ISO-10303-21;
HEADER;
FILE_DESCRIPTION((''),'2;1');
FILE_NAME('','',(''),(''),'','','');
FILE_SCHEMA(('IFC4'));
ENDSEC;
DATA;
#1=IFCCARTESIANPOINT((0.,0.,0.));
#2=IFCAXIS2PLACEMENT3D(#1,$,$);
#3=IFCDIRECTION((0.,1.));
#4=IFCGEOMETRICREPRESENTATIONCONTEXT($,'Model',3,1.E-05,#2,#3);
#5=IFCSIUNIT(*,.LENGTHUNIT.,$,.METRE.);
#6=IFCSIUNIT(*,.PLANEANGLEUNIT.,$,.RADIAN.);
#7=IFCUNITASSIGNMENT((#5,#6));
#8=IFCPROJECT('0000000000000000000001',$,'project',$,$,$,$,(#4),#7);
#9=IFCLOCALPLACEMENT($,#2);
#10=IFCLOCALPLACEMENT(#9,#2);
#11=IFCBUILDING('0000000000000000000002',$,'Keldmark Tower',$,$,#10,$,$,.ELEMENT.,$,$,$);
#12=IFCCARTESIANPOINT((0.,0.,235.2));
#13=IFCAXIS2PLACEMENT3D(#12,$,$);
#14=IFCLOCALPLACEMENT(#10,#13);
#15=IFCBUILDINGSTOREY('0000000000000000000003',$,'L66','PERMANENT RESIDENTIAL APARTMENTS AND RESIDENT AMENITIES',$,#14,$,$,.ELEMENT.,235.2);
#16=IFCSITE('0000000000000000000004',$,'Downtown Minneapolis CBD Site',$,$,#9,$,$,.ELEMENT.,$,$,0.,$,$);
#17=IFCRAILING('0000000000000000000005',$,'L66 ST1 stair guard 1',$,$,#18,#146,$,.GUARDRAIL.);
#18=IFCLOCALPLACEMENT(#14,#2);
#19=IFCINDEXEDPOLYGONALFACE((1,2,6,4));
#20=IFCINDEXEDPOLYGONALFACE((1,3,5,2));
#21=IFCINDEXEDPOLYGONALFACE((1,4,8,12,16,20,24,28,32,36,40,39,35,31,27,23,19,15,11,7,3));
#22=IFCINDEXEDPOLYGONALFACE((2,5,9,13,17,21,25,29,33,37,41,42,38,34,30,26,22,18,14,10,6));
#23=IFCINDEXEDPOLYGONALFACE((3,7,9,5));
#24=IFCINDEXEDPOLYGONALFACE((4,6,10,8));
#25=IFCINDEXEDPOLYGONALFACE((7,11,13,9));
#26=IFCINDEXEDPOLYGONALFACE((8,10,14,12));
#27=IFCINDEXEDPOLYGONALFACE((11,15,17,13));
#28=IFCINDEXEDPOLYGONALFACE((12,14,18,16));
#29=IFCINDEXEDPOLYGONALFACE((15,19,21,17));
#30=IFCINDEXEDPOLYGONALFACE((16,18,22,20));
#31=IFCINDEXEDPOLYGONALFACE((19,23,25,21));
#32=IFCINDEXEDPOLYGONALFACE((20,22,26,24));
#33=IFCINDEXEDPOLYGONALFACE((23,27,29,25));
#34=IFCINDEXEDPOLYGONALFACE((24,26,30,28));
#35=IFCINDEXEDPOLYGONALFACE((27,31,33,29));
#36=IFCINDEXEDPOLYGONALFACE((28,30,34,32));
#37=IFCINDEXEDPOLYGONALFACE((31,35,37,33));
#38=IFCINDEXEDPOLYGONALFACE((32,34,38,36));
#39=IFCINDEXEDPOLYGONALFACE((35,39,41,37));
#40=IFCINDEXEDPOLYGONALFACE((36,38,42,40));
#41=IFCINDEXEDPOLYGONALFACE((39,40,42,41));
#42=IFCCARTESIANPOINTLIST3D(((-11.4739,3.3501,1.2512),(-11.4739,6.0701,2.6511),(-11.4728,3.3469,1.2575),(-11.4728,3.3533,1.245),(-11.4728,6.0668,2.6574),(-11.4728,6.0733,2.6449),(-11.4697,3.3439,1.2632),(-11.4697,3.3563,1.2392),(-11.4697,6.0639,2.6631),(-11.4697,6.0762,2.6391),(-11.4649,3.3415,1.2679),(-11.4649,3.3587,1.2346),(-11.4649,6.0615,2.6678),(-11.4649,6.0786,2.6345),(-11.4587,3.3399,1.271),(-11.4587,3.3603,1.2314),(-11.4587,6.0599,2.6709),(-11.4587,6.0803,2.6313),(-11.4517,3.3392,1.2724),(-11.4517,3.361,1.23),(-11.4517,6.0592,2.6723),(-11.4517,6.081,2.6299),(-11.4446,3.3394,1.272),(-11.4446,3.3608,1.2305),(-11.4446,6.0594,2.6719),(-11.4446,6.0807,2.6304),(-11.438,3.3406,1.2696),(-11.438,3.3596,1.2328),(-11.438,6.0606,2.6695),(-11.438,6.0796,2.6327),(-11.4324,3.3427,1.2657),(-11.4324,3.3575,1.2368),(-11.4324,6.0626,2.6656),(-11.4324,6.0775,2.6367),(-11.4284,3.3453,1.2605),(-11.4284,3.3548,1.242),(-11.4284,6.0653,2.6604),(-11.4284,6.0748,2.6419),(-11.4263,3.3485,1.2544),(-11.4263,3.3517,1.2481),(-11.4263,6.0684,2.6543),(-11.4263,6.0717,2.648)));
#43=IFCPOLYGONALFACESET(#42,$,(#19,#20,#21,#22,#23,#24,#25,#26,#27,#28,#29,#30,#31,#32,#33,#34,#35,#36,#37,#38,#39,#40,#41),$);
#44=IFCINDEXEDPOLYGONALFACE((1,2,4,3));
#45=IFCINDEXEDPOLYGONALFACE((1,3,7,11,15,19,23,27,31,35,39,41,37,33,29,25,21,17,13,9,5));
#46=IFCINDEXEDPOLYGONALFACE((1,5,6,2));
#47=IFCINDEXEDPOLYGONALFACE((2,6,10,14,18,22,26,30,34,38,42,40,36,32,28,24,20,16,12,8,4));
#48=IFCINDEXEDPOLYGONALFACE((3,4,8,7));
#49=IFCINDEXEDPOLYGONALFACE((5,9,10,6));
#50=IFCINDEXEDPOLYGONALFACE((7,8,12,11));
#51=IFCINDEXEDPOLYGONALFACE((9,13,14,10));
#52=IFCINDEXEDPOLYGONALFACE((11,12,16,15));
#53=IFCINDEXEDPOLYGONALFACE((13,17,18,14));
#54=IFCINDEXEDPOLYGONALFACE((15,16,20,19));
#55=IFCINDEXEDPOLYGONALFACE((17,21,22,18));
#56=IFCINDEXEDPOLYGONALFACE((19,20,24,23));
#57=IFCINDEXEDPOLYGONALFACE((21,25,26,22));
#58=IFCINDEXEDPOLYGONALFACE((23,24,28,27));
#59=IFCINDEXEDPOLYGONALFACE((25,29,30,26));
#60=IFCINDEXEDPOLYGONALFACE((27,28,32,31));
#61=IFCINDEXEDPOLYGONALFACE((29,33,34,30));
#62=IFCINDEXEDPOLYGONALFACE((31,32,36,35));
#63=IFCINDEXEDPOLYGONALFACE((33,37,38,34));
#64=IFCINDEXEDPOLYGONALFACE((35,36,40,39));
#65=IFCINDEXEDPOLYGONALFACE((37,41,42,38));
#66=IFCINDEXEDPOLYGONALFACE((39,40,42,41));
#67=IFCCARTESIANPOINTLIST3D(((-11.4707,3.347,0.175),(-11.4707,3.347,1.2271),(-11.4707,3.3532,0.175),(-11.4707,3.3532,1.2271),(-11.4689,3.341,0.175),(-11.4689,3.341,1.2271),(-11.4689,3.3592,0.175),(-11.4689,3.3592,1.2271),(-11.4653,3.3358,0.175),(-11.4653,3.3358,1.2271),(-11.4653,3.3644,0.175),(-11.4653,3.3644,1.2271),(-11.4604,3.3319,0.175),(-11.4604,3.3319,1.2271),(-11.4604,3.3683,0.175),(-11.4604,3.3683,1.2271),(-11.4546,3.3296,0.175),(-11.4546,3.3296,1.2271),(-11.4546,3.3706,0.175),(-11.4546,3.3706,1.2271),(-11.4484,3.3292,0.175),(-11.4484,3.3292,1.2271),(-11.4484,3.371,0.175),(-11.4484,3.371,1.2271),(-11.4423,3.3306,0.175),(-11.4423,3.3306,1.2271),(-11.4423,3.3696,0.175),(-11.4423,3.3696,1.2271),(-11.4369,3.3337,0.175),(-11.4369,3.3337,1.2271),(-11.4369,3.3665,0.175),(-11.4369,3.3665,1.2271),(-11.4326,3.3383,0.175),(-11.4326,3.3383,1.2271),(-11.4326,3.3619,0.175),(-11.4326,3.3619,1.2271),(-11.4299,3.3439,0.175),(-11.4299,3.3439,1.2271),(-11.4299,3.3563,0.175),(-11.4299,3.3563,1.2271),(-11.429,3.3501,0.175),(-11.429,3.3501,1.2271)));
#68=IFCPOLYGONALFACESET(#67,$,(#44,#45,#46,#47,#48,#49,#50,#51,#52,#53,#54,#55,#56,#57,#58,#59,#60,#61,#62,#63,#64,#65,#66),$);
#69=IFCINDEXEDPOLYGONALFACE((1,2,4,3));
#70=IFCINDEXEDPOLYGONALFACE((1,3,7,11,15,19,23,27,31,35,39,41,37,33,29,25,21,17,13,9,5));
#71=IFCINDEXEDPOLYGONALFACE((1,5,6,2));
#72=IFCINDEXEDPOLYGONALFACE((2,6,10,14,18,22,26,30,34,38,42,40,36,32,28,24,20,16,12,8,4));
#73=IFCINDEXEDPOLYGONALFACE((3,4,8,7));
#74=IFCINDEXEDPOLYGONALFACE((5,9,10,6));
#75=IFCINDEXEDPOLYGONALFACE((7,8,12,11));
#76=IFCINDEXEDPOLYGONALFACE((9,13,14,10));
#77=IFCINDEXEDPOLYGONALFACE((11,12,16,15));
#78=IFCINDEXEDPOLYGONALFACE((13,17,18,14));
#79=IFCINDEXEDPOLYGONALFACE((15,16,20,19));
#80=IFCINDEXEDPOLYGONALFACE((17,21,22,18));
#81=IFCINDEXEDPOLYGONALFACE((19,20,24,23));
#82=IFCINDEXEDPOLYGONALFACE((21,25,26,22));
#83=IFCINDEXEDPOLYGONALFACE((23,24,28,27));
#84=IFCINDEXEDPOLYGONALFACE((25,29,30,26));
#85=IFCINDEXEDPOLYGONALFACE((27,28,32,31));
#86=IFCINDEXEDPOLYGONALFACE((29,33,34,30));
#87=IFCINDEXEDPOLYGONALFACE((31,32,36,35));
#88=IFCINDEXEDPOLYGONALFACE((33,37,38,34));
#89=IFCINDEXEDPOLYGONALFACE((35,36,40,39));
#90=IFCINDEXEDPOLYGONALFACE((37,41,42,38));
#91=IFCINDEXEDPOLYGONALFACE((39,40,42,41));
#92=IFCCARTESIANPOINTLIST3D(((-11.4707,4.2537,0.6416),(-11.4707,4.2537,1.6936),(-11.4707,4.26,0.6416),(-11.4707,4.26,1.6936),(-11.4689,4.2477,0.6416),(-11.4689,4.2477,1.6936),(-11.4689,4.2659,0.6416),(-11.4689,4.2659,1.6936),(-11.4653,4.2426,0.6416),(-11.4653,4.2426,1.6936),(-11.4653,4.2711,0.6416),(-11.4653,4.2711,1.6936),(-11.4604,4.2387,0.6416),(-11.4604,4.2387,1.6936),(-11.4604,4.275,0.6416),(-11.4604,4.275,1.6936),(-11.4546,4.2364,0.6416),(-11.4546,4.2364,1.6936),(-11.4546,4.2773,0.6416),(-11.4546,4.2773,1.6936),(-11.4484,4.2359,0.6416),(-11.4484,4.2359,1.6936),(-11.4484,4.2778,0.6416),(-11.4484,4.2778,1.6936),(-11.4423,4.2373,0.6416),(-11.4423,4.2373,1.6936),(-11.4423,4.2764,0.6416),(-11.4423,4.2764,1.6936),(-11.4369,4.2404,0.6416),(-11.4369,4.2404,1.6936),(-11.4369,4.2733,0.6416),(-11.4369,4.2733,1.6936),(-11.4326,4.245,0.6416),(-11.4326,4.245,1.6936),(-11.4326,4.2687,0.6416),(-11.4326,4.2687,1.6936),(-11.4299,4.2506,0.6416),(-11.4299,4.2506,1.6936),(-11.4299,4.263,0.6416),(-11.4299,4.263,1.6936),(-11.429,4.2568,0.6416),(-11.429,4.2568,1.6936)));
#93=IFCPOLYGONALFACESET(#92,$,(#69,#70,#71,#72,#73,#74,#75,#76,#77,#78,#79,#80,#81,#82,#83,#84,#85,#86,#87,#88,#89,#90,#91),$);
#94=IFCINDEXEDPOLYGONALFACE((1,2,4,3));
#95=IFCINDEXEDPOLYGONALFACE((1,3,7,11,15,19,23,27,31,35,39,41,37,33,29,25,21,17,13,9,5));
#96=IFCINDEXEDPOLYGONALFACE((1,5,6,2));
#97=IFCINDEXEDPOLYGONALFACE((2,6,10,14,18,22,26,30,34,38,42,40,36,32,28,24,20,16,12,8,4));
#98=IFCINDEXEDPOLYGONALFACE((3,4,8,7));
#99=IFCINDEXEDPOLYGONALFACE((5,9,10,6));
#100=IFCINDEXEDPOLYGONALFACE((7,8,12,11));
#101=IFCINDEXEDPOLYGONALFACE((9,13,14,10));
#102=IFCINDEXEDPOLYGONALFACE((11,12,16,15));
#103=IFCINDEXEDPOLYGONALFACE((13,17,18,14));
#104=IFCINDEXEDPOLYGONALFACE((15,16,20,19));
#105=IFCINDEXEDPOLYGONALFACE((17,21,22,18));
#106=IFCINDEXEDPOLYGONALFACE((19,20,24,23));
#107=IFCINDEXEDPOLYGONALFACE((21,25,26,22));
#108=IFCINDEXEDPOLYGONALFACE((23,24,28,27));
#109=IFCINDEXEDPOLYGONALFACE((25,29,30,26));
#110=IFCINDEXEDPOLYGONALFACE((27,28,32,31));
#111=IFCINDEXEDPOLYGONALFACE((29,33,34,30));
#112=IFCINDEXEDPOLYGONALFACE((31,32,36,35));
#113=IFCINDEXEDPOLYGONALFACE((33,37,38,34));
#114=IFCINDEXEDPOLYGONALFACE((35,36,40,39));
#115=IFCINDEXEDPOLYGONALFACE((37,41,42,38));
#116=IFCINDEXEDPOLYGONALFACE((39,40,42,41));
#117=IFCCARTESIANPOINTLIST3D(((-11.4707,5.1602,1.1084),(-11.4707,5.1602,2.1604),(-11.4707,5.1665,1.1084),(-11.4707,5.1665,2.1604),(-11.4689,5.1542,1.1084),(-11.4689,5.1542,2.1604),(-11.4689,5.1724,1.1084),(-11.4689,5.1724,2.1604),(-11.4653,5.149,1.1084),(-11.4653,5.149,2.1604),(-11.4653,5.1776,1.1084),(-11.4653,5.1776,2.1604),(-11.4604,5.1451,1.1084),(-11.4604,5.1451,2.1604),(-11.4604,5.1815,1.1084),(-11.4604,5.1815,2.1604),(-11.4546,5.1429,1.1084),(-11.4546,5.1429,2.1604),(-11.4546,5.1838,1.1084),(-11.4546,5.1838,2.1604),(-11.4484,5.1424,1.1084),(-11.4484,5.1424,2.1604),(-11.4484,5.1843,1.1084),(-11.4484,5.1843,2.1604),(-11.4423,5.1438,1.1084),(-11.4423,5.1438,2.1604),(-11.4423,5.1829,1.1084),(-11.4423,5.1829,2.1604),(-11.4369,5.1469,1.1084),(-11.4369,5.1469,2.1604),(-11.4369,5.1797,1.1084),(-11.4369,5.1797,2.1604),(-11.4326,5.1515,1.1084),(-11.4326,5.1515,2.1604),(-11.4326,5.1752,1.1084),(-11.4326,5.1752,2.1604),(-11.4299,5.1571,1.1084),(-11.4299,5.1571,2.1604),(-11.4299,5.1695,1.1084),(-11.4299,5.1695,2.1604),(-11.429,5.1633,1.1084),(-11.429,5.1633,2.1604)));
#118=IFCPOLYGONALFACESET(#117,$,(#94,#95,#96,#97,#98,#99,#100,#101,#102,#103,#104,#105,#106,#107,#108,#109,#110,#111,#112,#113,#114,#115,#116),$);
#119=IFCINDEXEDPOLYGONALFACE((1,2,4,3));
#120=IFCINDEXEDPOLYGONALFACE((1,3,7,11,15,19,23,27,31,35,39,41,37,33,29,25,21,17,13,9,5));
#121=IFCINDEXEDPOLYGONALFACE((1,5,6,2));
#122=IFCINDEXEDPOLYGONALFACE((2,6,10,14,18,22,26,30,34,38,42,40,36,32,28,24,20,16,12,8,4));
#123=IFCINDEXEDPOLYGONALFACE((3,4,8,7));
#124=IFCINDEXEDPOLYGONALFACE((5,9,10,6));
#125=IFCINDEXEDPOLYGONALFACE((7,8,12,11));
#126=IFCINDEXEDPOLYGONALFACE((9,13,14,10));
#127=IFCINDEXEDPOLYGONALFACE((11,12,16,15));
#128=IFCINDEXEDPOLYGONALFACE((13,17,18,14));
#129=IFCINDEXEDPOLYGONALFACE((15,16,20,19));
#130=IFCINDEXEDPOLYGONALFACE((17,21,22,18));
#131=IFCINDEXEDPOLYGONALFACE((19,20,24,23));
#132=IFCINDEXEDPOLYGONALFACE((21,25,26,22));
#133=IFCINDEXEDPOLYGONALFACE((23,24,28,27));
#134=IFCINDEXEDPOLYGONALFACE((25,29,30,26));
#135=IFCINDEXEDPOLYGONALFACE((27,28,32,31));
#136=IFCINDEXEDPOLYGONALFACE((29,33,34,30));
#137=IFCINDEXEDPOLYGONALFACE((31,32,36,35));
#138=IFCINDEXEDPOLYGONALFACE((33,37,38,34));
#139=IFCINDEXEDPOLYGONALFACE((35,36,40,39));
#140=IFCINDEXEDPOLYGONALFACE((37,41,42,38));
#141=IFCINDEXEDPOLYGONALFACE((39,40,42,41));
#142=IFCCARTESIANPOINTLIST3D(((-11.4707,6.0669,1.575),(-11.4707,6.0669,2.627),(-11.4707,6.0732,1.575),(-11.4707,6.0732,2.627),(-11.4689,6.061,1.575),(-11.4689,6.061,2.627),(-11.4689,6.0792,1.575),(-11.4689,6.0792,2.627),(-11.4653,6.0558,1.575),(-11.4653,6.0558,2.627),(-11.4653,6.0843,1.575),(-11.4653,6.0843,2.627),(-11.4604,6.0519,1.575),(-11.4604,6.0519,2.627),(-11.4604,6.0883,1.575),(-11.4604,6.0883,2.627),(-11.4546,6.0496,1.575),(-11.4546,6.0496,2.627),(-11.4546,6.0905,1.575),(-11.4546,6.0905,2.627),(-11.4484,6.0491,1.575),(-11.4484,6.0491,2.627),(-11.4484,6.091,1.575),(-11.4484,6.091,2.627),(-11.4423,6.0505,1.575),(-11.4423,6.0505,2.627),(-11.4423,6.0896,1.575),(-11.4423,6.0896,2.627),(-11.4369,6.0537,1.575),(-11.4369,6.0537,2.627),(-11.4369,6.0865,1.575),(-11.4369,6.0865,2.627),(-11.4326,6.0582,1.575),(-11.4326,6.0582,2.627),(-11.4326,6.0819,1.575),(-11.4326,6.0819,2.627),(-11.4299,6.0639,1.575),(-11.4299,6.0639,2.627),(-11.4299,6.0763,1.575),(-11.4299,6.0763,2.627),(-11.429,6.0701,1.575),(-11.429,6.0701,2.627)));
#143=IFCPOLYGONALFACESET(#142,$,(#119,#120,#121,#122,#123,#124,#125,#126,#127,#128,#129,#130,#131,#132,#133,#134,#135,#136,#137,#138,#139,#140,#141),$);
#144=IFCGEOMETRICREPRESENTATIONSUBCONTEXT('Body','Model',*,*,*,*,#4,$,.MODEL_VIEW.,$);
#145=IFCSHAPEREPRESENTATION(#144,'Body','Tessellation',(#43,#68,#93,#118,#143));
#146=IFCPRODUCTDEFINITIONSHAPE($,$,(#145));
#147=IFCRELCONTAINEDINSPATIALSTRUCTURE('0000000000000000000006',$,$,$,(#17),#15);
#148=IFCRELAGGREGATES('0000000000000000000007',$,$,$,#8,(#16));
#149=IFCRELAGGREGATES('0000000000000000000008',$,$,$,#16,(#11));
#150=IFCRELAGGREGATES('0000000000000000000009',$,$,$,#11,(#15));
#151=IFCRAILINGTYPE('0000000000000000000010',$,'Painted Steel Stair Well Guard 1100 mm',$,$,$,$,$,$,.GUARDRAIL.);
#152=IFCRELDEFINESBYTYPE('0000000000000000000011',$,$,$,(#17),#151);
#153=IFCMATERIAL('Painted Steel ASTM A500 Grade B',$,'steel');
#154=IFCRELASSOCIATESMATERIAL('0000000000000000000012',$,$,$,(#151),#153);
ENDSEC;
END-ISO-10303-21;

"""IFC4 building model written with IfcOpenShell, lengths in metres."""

from ifc_helpers import new_model, si_unit, direction, frame, origin, origin_2d, place, context, subcontext, project, spatial, circle, extrude, material, type_object, element, save


model = new_model("IFC4")

# Units and contexts
model_context = context("Model", 3, precision=1e-05, world=origin(), true_north=direction((0.0, 1.0)))
body_context = subcontext(model_context, "Body", "Model", "MODEL_VIEW")
ifc_project = project(units=[si_unit("LENGTHUNIT", "METRE"), si_unit("PLANEANGLEUNIT", "RADIAN")], contexts=[model_context])

# Site, building, storey
site_placement = place(None, origin())
site = spatial("IfcSite", under=ifc_project, at=site_placement, Name="Downtown Minneapolis CBD Site", CompositionType="ELEMENT", RefElevation=0.0)
building_placement = place(site_placement, origin())
building = spatial("IfcBuilding", under=site, at=building_placement, Name="Keldmark Tower", CompositionType="ELEMENT")
storey_placement = place(building_placement, frame((0.0, 0.0, 235.2)))
storey = spatial("IfcBuildingStorey", under=building, at=storey_placement, Name="L66", Description="PERMANENT RESIDENTIAL APARTMENTS AND RESIDENT AMENITIES", CompositionType="ELEMENT", Elevation=235.2)

# Railing
ifc_material_1 = material(Name="Painted Steel ASTM A500 Grade B", Category="steel")
railing_type_1 = type_object("IfcRailingType", Name="Painted Steel Stair Well Guard 1100 mm", PredefinedType="GUARDRAIL", material=ifc_material_1)
railing_1_placement = place(storey_placement, frame((-11.45, 3.3501, 0.175)))
element("IfcRailing", 1, at=railing_1_placement, inside=storey, type_object=railing_type_1, Name="L66 ST1 stair guard 1", PredefinedType="GUARDRAIL", context=body_context, shape_type="SweptSolid", body=[
    extrude(circle(Radius=0.0239, at=origin_2d()), frame((0.0, 0.0, 1.0762), z_axis=(0.0, 0.889147, 0.457622), x_axis=(-1.0, 0.0, 0.0)), (0.0, 0.0, 1.0), 3.0591),
    extrude(circle(Radius=0.021, at=origin_2d()), origin(), (0.0, 0.0, 1.0), 1.052),
    extrude(circle(Radius=0.021, at=origin_2d()), frame((0.0, 0.9067, 0.4666)), (0.0, 0.0, 1.0), 1.052),
    extrude(circle(Radius=0.021, at=origin_2d()), frame((0.0, 1.8132, 0.9333)), (0.0, 0.0, 1.0), 1.052),
    extrude(circle(Radius=0.021, at=origin_2d()), frame((0.0, 2.72, 1.3999)), (0.0, 0.0, 1.0), 1.052),
])

save(model, "model.ifc")
